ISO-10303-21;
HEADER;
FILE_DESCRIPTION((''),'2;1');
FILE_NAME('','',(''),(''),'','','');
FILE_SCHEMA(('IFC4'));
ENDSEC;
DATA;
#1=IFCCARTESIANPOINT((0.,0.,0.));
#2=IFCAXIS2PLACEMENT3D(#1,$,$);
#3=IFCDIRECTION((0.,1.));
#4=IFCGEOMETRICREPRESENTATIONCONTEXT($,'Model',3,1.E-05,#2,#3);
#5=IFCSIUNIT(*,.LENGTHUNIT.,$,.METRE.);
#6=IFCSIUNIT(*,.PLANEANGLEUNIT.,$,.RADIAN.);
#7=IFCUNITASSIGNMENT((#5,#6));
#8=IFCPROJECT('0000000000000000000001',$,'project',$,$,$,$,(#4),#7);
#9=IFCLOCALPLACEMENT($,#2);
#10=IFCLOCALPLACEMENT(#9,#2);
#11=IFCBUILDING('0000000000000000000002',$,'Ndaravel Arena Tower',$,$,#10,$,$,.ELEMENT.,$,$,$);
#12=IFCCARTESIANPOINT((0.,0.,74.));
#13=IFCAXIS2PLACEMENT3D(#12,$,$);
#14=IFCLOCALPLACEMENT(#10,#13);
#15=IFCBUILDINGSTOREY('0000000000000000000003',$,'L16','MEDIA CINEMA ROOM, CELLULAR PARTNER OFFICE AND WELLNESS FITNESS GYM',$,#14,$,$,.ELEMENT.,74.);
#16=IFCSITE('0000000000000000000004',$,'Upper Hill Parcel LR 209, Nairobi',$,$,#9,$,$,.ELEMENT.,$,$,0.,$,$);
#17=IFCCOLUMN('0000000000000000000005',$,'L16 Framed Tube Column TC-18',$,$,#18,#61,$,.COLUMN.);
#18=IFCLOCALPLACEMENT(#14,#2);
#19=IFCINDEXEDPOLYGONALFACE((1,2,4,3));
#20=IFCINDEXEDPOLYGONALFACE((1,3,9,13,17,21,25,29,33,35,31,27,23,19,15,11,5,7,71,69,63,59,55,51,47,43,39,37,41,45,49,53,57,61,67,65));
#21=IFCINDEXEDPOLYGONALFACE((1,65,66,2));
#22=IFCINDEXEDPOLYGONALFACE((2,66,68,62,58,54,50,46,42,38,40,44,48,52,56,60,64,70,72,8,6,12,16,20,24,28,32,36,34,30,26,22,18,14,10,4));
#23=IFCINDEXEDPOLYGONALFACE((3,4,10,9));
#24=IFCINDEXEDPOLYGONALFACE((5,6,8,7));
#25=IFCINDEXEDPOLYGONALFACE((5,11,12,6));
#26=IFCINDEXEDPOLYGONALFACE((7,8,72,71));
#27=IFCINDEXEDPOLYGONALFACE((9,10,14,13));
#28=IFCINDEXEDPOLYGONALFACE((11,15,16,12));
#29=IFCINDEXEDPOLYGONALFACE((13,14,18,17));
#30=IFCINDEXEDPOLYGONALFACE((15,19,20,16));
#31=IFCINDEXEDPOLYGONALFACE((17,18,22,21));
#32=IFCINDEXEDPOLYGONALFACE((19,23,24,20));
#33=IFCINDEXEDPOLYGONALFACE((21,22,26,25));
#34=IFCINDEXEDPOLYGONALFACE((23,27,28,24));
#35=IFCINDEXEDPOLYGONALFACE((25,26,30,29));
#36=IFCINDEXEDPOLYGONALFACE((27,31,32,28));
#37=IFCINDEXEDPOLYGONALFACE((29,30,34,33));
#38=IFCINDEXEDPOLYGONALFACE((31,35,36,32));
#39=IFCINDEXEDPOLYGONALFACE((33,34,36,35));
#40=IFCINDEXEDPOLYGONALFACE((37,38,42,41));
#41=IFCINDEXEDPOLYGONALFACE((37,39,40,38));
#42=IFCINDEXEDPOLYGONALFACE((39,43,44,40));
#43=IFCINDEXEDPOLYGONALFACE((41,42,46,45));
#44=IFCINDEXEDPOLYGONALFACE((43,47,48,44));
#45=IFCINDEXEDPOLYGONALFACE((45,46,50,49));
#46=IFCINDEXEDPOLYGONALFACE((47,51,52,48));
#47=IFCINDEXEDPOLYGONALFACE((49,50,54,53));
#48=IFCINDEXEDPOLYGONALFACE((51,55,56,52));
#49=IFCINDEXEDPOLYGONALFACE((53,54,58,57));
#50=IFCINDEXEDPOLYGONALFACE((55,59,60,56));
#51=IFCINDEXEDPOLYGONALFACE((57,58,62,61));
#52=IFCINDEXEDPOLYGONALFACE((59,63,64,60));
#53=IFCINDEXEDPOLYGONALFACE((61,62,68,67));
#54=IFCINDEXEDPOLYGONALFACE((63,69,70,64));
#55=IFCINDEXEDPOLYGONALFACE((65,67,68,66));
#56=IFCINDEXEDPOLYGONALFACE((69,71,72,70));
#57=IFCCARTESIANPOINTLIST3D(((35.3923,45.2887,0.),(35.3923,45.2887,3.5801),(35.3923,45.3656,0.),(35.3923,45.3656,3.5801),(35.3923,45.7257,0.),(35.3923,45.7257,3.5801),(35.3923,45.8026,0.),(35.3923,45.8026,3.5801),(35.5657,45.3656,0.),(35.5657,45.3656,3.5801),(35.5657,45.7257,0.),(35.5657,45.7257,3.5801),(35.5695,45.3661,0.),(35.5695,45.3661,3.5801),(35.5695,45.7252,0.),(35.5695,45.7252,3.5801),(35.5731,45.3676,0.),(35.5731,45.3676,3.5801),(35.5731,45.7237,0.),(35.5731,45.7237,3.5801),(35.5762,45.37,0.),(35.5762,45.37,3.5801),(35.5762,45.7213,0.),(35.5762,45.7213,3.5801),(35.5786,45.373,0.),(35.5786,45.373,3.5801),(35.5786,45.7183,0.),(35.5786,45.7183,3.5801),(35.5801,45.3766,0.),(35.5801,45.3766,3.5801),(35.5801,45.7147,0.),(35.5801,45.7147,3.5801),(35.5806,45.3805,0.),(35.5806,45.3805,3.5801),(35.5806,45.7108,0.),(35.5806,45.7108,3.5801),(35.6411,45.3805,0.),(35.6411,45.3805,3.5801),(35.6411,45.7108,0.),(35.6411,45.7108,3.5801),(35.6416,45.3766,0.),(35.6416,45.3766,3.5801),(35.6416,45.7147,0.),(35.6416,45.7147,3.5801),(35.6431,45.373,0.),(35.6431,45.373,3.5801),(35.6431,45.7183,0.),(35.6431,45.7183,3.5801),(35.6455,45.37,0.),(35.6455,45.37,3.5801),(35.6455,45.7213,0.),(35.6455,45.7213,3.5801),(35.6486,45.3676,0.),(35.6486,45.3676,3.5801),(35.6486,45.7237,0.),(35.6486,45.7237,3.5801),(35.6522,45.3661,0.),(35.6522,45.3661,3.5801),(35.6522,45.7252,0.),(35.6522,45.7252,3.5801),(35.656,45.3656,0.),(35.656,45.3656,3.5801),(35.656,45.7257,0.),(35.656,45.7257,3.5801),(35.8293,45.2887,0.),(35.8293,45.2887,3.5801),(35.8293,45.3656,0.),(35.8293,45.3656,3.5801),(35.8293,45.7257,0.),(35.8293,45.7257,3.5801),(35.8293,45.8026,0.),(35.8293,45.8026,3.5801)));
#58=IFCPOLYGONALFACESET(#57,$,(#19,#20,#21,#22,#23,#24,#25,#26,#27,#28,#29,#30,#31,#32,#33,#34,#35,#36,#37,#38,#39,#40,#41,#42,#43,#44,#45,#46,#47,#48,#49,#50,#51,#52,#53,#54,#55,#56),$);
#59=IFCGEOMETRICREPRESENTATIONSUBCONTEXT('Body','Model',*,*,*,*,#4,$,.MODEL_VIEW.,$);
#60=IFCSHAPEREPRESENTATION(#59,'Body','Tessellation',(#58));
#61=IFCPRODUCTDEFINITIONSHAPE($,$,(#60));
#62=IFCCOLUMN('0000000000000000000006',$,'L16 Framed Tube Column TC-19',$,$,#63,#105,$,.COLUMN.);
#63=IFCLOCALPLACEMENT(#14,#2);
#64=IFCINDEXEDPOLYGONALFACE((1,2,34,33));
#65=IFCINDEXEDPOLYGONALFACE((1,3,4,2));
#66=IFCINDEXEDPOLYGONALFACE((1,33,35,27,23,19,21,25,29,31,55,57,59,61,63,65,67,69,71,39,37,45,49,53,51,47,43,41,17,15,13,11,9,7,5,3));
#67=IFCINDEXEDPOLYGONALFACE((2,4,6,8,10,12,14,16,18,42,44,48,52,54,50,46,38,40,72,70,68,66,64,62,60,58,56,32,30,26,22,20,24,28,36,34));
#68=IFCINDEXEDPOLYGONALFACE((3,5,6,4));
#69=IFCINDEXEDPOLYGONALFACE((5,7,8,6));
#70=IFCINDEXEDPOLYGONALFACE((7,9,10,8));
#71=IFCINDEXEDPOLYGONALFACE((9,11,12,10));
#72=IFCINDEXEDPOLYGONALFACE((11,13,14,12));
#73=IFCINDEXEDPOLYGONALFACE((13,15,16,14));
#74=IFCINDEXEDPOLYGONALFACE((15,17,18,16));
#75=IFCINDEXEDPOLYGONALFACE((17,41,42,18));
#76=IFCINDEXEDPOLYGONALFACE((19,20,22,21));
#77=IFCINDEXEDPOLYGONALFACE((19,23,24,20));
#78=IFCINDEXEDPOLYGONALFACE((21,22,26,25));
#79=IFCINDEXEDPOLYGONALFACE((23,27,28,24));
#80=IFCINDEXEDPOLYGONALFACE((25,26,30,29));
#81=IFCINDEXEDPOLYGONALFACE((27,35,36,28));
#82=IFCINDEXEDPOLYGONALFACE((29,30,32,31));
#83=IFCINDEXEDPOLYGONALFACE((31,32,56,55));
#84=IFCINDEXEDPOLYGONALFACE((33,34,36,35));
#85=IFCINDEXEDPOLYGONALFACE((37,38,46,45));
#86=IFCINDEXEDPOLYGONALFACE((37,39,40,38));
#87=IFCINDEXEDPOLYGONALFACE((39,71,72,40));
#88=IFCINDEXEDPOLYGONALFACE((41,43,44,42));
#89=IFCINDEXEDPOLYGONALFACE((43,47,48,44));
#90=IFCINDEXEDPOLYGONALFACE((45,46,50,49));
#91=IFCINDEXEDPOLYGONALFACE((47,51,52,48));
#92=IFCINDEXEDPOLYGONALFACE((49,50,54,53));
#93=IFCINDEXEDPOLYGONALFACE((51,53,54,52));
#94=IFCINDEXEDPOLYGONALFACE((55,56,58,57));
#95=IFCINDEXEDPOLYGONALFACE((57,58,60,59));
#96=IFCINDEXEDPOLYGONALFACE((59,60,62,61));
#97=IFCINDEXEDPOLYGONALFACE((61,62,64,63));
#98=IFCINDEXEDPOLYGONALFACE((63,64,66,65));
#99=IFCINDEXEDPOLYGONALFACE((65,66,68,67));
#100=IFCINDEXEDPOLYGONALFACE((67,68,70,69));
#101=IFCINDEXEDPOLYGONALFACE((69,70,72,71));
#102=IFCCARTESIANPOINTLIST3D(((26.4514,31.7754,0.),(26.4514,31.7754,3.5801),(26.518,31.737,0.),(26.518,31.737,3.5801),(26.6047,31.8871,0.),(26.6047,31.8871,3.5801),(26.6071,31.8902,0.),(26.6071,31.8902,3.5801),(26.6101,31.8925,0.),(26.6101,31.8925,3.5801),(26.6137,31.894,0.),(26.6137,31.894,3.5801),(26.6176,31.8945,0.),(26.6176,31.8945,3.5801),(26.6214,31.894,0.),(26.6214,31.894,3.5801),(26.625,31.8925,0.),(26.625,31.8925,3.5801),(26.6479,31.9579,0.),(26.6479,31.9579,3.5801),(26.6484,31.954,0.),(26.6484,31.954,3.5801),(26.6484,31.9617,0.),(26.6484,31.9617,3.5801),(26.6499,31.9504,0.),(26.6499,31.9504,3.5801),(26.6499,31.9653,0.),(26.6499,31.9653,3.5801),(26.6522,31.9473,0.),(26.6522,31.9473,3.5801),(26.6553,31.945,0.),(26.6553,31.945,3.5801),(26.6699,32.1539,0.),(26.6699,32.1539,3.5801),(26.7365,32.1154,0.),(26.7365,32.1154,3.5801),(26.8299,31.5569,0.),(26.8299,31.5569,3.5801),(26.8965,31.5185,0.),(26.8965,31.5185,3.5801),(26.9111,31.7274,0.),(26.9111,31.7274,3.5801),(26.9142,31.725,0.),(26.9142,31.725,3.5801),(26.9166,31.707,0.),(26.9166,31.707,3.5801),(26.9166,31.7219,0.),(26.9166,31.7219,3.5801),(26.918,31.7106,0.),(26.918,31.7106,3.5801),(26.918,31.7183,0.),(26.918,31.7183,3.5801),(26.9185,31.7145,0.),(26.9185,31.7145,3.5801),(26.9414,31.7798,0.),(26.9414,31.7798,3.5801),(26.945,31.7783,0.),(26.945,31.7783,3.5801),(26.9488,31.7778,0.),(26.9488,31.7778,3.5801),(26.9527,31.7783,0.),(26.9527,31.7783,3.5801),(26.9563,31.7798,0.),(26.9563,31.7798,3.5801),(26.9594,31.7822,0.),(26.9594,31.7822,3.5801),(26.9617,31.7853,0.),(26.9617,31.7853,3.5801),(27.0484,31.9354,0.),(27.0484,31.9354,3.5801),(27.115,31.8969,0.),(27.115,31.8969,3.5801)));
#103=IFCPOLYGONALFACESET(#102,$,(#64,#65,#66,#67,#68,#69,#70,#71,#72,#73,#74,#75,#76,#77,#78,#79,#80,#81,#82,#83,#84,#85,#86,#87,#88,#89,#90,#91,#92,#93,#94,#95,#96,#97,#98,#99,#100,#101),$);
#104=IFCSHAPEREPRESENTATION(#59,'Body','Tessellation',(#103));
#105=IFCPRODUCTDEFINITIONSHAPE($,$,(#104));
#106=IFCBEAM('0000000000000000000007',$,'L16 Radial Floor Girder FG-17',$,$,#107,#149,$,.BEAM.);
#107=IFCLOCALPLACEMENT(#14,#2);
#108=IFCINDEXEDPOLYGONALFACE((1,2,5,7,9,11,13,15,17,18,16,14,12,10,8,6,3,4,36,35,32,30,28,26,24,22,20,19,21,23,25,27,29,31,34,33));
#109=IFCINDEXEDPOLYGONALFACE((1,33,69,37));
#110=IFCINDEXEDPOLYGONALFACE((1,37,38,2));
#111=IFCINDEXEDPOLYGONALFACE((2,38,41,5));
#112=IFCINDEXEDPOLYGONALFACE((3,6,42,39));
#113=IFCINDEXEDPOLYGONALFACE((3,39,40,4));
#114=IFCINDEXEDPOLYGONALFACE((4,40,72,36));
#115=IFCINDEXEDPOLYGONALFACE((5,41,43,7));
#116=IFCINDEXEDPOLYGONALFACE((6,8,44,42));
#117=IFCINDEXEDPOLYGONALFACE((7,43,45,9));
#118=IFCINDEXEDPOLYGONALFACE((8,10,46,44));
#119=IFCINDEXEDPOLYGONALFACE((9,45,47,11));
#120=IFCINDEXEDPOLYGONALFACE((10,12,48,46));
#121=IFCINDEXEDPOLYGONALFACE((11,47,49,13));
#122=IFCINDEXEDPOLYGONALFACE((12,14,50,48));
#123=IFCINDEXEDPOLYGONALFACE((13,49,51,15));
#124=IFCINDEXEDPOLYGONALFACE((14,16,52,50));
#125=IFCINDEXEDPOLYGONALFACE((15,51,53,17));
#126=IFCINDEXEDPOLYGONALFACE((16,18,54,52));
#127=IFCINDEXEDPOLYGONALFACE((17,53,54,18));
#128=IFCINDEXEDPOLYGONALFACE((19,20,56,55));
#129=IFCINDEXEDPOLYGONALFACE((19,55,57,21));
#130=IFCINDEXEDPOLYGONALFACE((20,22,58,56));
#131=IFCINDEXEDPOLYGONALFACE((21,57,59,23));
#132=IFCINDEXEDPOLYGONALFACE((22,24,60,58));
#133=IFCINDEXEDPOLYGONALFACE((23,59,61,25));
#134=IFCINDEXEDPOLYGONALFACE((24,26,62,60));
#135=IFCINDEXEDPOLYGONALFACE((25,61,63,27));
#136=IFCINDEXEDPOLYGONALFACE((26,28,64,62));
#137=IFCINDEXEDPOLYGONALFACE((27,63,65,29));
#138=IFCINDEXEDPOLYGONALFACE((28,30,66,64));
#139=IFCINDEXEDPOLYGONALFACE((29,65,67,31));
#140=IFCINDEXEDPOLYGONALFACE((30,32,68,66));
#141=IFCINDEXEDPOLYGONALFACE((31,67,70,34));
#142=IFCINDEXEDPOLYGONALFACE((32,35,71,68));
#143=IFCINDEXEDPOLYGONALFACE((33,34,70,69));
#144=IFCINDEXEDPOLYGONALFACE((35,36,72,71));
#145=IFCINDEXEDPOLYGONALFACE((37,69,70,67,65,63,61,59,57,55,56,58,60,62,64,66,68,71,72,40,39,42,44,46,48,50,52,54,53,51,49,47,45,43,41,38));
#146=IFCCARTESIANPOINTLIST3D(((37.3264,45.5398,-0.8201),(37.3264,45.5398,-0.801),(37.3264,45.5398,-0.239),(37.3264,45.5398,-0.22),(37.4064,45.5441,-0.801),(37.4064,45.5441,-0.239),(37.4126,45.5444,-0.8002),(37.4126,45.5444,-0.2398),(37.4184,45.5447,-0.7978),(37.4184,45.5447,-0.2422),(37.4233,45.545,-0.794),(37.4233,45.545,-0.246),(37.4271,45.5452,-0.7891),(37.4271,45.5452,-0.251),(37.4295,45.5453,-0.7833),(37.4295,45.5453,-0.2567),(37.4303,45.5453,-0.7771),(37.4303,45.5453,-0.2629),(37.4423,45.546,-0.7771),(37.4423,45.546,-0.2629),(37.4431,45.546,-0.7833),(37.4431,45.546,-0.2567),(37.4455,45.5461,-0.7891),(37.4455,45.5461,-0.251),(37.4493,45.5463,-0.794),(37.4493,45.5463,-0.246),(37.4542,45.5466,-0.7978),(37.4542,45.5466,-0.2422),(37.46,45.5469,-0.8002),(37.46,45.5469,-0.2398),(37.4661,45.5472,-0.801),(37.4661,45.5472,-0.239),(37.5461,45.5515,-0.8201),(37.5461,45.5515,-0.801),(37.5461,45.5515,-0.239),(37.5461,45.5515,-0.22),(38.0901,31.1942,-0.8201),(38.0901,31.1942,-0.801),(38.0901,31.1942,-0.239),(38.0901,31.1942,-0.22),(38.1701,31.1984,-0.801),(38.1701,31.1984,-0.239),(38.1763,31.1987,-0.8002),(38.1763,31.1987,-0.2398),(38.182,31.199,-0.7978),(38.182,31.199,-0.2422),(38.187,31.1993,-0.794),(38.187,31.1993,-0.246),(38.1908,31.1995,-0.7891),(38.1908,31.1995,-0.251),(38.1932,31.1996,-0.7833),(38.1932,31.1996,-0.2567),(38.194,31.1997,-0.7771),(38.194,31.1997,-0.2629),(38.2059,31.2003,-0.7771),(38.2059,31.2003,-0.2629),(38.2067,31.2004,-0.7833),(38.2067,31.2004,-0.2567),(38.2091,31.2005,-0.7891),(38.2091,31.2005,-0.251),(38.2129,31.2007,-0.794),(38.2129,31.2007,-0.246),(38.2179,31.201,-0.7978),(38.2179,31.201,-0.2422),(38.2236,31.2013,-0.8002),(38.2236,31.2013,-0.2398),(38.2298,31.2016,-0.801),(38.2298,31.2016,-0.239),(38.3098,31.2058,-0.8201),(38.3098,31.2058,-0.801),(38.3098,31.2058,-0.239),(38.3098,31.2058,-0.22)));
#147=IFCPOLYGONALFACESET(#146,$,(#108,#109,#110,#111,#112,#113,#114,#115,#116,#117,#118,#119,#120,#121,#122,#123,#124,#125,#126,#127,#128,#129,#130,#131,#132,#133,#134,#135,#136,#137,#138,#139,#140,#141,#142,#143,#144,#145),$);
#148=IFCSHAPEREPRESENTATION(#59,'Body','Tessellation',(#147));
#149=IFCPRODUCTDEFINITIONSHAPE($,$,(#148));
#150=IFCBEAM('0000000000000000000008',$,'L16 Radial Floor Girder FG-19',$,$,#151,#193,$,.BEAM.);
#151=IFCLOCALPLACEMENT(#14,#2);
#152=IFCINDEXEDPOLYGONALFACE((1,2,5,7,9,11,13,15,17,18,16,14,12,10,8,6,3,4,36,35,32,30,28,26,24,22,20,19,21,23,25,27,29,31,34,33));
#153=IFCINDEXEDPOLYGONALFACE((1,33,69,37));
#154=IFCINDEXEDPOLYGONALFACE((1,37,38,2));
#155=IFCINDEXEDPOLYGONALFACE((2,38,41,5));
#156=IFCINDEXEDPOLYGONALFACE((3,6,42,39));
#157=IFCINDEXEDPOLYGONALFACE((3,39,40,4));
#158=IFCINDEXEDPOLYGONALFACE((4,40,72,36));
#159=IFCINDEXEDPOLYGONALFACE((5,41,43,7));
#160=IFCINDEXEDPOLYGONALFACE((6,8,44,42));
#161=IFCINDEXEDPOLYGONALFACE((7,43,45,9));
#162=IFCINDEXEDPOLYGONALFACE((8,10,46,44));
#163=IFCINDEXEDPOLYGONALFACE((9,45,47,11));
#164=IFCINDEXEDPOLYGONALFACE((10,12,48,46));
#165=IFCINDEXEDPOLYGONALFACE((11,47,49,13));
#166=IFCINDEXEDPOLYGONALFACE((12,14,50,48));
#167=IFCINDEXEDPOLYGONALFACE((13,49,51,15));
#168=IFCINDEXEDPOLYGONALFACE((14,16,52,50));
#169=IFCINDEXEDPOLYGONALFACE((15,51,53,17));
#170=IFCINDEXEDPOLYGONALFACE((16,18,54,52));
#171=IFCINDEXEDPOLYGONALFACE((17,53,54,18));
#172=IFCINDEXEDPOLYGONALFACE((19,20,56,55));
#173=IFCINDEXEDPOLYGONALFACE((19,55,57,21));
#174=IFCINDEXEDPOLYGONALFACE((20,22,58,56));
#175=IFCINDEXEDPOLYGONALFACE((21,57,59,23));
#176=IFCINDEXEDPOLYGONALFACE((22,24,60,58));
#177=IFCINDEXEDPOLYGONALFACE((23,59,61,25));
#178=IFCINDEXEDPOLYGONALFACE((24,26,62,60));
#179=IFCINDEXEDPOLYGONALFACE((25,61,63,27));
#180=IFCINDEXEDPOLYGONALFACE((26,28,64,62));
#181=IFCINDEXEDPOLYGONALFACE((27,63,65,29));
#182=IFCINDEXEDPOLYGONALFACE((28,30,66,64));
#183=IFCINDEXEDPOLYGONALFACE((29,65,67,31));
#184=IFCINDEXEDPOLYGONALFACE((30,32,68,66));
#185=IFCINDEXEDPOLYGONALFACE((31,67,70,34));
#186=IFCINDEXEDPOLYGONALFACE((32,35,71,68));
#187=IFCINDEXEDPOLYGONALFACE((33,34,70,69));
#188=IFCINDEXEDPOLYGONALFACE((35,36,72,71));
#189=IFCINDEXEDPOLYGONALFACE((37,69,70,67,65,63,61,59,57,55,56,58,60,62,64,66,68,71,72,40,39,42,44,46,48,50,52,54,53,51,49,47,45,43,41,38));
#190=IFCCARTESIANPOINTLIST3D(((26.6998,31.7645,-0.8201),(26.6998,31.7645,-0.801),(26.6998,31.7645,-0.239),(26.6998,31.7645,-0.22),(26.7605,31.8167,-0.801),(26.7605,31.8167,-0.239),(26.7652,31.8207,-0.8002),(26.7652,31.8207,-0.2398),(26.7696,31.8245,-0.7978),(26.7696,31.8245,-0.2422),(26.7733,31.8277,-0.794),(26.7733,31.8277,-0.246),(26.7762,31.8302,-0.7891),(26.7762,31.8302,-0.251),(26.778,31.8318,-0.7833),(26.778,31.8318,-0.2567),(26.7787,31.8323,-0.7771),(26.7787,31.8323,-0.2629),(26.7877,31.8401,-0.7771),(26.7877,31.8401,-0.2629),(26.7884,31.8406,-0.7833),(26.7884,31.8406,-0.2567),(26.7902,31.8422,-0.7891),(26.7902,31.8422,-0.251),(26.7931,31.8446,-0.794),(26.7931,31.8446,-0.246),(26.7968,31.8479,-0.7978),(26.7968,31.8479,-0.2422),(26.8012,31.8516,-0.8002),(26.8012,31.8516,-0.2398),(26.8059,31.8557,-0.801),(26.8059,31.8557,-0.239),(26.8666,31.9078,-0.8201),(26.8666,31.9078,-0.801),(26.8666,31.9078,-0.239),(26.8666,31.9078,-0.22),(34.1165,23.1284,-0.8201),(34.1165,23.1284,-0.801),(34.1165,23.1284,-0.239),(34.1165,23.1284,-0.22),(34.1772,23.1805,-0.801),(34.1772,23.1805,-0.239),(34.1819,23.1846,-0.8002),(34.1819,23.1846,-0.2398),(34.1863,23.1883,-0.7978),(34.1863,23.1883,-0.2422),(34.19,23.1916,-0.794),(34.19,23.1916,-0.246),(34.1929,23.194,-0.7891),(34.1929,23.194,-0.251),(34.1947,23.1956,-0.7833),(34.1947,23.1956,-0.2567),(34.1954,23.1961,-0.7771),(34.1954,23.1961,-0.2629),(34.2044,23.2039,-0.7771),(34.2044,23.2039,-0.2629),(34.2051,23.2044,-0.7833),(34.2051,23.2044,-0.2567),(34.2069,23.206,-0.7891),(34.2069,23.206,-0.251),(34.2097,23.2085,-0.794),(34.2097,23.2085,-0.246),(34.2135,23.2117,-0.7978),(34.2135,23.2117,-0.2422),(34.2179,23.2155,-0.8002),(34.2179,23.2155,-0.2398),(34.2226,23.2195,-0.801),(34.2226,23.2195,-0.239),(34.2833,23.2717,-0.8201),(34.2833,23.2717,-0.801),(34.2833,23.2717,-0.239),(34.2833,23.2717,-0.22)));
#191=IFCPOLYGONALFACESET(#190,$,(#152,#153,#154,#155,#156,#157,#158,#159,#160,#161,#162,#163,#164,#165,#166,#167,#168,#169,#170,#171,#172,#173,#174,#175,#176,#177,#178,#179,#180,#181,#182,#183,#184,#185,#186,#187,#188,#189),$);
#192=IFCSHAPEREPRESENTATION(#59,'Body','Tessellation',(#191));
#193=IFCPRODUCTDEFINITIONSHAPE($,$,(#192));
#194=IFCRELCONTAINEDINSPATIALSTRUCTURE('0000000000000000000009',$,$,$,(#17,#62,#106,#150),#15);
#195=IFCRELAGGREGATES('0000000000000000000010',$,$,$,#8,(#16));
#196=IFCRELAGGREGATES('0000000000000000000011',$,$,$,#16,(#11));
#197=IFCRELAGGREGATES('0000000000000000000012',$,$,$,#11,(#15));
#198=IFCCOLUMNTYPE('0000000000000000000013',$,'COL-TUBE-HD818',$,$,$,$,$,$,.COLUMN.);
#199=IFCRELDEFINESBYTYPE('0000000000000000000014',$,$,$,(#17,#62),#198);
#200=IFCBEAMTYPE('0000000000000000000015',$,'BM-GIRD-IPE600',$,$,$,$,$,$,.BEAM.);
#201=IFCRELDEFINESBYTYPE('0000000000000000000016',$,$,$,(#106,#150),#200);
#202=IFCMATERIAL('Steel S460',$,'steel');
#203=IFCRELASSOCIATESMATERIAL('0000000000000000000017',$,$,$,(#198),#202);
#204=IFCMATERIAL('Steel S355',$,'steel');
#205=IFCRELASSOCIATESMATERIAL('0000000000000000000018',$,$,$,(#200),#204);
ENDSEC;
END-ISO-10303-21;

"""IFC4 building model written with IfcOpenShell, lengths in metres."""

from ifc_helpers import new_model, si_unit, direction, frame, origin, origin_2d, place, context, subcontext, project, spatial, i_section, extrude, material, material_profile, profile_set, type_object, element, save


model = new_model("IFC4")

# Units and contexts
model_context = context("Model", 3, precision=1e-05, world=origin(), true_north=direction((0.0, 1.0)))
body_context = subcontext(model_context, "Body", "Model", "MODEL_VIEW")
ifc_project = project(units=[si_unit("LENGTHUNIT", "METRE"), si_unit("PLANEANGLEUNIT", "RADIAN")], contexts=[model_context])

# Site, building, storey
site_placement = place(None, origin())
site = spatial("IfcSite", under=ifc_project, at=site_placement, Name="Upper Hill Parcel LR 209, Nairobi", CompositionType="ELEMENT", RefElevation=0.0)
building_placement = place(site_placement, origin())
building = spatial("IfcBuilding", under=site, at=building_placement, Name="Ndaravel Arena Tower", CompositionType="ELEMENT")
storey_placement = place(building_placement, frame((0.0, 0.0, 74.0)))
storey = spatial("IfcBuildingStorey", under=building, at=storey_placement, Name="L16", Description="MEDIA CINEMA ROOM, CELLULAR PARTNER OFFICE AND WELLNESS FITNESS GYM", CompositionType="ELEMENT", Elevation=74.0)

# Columns
ifc_material_1 = material(Name="Steel S460", Category="steel")
ifc_material_profile_1 = material_profile(ifc_material_1, i_section(OverallWidth=0.437, OverallDepth=0.5139, WebThickness=0.0605, FlangeThickness=0.0769, FilletRadius=0.0149, at=origin_2d()), Name="HD 400x818")
ifc_profile_set_1 = profile_set([ifc_material_profile_1], Name="Steel S460")
column_type_1 = type_object("IfcColumnType", Name="COL-TUBE-HD818", PredefinedType="COLUMN", material=ifc_profile_set_1)
for number, where, z_axis, x_axis, name in (
    (1, (35.6108, 45.5457, 0.0), (0.0, 0.0, 1.0), (1.0, 0.0, 0.0), "L16 Framed Tube Column TC-18"),
    (2, (26.7832, 31.8362, 0.0), (0.0, 0.0, 1.0), (0.5, 0.866025, 0.0), "L16 Framed Tube Column TC-19"),
):
    element("IfcColumn", number, at=place(storey_placement, frame(where, z_axis=z_axis, x_axis=x_axis)), inside=storey, type_object=column_type_1, Name=name, PredefinedType="COLUMN", context=body_context, shape_type="SweptSolid", body=[
        extrude(i_section(OverallWidth=0.437, OverallDepth=0.5139, WebThickness=0.0605, FlangeThickness=0.0769, FilletRadius=0.0149, at=origin_2d()), origin(), (0.0, 0.0, 1.0), 3.5801),
    ])

# Beams
ifc_material_2 = material(Name="Steel S355", Category="steel")
ifc_material_profile_2 = material_profile(ifc_material_2, i_section(OverallWidth=0.22, OverallDepth=0.6001, WebThickness=0.012, FlangeThickness=0.019, FilletRadius=0.0239, at=origin_2d()), Name="IPE 600")
ifc_profile_set_2 = profile_set([ifc_material_profile_2], Name="Steel S355")
beam_type_1 = type_object("IfcBeamType", Name="BM-GIRD-IPE600", PredefinedType="BEAM", material=ifc_profile_set_2)
beam_1_placement = place(storey_placement, frame((37.4363, 45.5457, -0.52), z_axis=(0.053158, -0.998586, 0.0), x_axis=(0.998586, 0.053158, 0.0)))
element("IfcBeam", 3, at=beam_1_placement, inside=storey, type_object=beam_type_1, Name="L16 Radial Floor Girder FG-17", PredefinedType="BEAM", context=body_context, shape_type="SweptSolid", body=[
    extrude(i_section(OverallWidth=0.22, OverallDepth=0.6001, WebThickness=0.012, FlangeThickness=0.019, FilletRadius=0.0239, at=origin_2d()), origin(), (0.0, 0.0, 1.0), 14.366),
])
beam_2_placement = place(storey_placement, frame((26.7832, 31.8362, -0.52), z_axis=(0.651513, -0.758637, 0.0), x_axis=(0.758637, 0.651513, 0.0)))
element("IfcBeam", 4, at=beam_2_placement, inside=storey, type_object=beam_type_1, Name="L16 Radial Floor Girder FG-19", PredefinedType="BEAM", context=body_context, shape_type="SweptSolid", body=[
    extrude(i_section(OverallWidth=0.22, OverallDepth=0.6001, WebThickness=0.012, FlangeThickness=0.019, FilletRadius=0.0239, at=origin_2d()), origin(), (0.0, 0.0, 1.0), 11.3838),
])

save(model, "model.ifc")
